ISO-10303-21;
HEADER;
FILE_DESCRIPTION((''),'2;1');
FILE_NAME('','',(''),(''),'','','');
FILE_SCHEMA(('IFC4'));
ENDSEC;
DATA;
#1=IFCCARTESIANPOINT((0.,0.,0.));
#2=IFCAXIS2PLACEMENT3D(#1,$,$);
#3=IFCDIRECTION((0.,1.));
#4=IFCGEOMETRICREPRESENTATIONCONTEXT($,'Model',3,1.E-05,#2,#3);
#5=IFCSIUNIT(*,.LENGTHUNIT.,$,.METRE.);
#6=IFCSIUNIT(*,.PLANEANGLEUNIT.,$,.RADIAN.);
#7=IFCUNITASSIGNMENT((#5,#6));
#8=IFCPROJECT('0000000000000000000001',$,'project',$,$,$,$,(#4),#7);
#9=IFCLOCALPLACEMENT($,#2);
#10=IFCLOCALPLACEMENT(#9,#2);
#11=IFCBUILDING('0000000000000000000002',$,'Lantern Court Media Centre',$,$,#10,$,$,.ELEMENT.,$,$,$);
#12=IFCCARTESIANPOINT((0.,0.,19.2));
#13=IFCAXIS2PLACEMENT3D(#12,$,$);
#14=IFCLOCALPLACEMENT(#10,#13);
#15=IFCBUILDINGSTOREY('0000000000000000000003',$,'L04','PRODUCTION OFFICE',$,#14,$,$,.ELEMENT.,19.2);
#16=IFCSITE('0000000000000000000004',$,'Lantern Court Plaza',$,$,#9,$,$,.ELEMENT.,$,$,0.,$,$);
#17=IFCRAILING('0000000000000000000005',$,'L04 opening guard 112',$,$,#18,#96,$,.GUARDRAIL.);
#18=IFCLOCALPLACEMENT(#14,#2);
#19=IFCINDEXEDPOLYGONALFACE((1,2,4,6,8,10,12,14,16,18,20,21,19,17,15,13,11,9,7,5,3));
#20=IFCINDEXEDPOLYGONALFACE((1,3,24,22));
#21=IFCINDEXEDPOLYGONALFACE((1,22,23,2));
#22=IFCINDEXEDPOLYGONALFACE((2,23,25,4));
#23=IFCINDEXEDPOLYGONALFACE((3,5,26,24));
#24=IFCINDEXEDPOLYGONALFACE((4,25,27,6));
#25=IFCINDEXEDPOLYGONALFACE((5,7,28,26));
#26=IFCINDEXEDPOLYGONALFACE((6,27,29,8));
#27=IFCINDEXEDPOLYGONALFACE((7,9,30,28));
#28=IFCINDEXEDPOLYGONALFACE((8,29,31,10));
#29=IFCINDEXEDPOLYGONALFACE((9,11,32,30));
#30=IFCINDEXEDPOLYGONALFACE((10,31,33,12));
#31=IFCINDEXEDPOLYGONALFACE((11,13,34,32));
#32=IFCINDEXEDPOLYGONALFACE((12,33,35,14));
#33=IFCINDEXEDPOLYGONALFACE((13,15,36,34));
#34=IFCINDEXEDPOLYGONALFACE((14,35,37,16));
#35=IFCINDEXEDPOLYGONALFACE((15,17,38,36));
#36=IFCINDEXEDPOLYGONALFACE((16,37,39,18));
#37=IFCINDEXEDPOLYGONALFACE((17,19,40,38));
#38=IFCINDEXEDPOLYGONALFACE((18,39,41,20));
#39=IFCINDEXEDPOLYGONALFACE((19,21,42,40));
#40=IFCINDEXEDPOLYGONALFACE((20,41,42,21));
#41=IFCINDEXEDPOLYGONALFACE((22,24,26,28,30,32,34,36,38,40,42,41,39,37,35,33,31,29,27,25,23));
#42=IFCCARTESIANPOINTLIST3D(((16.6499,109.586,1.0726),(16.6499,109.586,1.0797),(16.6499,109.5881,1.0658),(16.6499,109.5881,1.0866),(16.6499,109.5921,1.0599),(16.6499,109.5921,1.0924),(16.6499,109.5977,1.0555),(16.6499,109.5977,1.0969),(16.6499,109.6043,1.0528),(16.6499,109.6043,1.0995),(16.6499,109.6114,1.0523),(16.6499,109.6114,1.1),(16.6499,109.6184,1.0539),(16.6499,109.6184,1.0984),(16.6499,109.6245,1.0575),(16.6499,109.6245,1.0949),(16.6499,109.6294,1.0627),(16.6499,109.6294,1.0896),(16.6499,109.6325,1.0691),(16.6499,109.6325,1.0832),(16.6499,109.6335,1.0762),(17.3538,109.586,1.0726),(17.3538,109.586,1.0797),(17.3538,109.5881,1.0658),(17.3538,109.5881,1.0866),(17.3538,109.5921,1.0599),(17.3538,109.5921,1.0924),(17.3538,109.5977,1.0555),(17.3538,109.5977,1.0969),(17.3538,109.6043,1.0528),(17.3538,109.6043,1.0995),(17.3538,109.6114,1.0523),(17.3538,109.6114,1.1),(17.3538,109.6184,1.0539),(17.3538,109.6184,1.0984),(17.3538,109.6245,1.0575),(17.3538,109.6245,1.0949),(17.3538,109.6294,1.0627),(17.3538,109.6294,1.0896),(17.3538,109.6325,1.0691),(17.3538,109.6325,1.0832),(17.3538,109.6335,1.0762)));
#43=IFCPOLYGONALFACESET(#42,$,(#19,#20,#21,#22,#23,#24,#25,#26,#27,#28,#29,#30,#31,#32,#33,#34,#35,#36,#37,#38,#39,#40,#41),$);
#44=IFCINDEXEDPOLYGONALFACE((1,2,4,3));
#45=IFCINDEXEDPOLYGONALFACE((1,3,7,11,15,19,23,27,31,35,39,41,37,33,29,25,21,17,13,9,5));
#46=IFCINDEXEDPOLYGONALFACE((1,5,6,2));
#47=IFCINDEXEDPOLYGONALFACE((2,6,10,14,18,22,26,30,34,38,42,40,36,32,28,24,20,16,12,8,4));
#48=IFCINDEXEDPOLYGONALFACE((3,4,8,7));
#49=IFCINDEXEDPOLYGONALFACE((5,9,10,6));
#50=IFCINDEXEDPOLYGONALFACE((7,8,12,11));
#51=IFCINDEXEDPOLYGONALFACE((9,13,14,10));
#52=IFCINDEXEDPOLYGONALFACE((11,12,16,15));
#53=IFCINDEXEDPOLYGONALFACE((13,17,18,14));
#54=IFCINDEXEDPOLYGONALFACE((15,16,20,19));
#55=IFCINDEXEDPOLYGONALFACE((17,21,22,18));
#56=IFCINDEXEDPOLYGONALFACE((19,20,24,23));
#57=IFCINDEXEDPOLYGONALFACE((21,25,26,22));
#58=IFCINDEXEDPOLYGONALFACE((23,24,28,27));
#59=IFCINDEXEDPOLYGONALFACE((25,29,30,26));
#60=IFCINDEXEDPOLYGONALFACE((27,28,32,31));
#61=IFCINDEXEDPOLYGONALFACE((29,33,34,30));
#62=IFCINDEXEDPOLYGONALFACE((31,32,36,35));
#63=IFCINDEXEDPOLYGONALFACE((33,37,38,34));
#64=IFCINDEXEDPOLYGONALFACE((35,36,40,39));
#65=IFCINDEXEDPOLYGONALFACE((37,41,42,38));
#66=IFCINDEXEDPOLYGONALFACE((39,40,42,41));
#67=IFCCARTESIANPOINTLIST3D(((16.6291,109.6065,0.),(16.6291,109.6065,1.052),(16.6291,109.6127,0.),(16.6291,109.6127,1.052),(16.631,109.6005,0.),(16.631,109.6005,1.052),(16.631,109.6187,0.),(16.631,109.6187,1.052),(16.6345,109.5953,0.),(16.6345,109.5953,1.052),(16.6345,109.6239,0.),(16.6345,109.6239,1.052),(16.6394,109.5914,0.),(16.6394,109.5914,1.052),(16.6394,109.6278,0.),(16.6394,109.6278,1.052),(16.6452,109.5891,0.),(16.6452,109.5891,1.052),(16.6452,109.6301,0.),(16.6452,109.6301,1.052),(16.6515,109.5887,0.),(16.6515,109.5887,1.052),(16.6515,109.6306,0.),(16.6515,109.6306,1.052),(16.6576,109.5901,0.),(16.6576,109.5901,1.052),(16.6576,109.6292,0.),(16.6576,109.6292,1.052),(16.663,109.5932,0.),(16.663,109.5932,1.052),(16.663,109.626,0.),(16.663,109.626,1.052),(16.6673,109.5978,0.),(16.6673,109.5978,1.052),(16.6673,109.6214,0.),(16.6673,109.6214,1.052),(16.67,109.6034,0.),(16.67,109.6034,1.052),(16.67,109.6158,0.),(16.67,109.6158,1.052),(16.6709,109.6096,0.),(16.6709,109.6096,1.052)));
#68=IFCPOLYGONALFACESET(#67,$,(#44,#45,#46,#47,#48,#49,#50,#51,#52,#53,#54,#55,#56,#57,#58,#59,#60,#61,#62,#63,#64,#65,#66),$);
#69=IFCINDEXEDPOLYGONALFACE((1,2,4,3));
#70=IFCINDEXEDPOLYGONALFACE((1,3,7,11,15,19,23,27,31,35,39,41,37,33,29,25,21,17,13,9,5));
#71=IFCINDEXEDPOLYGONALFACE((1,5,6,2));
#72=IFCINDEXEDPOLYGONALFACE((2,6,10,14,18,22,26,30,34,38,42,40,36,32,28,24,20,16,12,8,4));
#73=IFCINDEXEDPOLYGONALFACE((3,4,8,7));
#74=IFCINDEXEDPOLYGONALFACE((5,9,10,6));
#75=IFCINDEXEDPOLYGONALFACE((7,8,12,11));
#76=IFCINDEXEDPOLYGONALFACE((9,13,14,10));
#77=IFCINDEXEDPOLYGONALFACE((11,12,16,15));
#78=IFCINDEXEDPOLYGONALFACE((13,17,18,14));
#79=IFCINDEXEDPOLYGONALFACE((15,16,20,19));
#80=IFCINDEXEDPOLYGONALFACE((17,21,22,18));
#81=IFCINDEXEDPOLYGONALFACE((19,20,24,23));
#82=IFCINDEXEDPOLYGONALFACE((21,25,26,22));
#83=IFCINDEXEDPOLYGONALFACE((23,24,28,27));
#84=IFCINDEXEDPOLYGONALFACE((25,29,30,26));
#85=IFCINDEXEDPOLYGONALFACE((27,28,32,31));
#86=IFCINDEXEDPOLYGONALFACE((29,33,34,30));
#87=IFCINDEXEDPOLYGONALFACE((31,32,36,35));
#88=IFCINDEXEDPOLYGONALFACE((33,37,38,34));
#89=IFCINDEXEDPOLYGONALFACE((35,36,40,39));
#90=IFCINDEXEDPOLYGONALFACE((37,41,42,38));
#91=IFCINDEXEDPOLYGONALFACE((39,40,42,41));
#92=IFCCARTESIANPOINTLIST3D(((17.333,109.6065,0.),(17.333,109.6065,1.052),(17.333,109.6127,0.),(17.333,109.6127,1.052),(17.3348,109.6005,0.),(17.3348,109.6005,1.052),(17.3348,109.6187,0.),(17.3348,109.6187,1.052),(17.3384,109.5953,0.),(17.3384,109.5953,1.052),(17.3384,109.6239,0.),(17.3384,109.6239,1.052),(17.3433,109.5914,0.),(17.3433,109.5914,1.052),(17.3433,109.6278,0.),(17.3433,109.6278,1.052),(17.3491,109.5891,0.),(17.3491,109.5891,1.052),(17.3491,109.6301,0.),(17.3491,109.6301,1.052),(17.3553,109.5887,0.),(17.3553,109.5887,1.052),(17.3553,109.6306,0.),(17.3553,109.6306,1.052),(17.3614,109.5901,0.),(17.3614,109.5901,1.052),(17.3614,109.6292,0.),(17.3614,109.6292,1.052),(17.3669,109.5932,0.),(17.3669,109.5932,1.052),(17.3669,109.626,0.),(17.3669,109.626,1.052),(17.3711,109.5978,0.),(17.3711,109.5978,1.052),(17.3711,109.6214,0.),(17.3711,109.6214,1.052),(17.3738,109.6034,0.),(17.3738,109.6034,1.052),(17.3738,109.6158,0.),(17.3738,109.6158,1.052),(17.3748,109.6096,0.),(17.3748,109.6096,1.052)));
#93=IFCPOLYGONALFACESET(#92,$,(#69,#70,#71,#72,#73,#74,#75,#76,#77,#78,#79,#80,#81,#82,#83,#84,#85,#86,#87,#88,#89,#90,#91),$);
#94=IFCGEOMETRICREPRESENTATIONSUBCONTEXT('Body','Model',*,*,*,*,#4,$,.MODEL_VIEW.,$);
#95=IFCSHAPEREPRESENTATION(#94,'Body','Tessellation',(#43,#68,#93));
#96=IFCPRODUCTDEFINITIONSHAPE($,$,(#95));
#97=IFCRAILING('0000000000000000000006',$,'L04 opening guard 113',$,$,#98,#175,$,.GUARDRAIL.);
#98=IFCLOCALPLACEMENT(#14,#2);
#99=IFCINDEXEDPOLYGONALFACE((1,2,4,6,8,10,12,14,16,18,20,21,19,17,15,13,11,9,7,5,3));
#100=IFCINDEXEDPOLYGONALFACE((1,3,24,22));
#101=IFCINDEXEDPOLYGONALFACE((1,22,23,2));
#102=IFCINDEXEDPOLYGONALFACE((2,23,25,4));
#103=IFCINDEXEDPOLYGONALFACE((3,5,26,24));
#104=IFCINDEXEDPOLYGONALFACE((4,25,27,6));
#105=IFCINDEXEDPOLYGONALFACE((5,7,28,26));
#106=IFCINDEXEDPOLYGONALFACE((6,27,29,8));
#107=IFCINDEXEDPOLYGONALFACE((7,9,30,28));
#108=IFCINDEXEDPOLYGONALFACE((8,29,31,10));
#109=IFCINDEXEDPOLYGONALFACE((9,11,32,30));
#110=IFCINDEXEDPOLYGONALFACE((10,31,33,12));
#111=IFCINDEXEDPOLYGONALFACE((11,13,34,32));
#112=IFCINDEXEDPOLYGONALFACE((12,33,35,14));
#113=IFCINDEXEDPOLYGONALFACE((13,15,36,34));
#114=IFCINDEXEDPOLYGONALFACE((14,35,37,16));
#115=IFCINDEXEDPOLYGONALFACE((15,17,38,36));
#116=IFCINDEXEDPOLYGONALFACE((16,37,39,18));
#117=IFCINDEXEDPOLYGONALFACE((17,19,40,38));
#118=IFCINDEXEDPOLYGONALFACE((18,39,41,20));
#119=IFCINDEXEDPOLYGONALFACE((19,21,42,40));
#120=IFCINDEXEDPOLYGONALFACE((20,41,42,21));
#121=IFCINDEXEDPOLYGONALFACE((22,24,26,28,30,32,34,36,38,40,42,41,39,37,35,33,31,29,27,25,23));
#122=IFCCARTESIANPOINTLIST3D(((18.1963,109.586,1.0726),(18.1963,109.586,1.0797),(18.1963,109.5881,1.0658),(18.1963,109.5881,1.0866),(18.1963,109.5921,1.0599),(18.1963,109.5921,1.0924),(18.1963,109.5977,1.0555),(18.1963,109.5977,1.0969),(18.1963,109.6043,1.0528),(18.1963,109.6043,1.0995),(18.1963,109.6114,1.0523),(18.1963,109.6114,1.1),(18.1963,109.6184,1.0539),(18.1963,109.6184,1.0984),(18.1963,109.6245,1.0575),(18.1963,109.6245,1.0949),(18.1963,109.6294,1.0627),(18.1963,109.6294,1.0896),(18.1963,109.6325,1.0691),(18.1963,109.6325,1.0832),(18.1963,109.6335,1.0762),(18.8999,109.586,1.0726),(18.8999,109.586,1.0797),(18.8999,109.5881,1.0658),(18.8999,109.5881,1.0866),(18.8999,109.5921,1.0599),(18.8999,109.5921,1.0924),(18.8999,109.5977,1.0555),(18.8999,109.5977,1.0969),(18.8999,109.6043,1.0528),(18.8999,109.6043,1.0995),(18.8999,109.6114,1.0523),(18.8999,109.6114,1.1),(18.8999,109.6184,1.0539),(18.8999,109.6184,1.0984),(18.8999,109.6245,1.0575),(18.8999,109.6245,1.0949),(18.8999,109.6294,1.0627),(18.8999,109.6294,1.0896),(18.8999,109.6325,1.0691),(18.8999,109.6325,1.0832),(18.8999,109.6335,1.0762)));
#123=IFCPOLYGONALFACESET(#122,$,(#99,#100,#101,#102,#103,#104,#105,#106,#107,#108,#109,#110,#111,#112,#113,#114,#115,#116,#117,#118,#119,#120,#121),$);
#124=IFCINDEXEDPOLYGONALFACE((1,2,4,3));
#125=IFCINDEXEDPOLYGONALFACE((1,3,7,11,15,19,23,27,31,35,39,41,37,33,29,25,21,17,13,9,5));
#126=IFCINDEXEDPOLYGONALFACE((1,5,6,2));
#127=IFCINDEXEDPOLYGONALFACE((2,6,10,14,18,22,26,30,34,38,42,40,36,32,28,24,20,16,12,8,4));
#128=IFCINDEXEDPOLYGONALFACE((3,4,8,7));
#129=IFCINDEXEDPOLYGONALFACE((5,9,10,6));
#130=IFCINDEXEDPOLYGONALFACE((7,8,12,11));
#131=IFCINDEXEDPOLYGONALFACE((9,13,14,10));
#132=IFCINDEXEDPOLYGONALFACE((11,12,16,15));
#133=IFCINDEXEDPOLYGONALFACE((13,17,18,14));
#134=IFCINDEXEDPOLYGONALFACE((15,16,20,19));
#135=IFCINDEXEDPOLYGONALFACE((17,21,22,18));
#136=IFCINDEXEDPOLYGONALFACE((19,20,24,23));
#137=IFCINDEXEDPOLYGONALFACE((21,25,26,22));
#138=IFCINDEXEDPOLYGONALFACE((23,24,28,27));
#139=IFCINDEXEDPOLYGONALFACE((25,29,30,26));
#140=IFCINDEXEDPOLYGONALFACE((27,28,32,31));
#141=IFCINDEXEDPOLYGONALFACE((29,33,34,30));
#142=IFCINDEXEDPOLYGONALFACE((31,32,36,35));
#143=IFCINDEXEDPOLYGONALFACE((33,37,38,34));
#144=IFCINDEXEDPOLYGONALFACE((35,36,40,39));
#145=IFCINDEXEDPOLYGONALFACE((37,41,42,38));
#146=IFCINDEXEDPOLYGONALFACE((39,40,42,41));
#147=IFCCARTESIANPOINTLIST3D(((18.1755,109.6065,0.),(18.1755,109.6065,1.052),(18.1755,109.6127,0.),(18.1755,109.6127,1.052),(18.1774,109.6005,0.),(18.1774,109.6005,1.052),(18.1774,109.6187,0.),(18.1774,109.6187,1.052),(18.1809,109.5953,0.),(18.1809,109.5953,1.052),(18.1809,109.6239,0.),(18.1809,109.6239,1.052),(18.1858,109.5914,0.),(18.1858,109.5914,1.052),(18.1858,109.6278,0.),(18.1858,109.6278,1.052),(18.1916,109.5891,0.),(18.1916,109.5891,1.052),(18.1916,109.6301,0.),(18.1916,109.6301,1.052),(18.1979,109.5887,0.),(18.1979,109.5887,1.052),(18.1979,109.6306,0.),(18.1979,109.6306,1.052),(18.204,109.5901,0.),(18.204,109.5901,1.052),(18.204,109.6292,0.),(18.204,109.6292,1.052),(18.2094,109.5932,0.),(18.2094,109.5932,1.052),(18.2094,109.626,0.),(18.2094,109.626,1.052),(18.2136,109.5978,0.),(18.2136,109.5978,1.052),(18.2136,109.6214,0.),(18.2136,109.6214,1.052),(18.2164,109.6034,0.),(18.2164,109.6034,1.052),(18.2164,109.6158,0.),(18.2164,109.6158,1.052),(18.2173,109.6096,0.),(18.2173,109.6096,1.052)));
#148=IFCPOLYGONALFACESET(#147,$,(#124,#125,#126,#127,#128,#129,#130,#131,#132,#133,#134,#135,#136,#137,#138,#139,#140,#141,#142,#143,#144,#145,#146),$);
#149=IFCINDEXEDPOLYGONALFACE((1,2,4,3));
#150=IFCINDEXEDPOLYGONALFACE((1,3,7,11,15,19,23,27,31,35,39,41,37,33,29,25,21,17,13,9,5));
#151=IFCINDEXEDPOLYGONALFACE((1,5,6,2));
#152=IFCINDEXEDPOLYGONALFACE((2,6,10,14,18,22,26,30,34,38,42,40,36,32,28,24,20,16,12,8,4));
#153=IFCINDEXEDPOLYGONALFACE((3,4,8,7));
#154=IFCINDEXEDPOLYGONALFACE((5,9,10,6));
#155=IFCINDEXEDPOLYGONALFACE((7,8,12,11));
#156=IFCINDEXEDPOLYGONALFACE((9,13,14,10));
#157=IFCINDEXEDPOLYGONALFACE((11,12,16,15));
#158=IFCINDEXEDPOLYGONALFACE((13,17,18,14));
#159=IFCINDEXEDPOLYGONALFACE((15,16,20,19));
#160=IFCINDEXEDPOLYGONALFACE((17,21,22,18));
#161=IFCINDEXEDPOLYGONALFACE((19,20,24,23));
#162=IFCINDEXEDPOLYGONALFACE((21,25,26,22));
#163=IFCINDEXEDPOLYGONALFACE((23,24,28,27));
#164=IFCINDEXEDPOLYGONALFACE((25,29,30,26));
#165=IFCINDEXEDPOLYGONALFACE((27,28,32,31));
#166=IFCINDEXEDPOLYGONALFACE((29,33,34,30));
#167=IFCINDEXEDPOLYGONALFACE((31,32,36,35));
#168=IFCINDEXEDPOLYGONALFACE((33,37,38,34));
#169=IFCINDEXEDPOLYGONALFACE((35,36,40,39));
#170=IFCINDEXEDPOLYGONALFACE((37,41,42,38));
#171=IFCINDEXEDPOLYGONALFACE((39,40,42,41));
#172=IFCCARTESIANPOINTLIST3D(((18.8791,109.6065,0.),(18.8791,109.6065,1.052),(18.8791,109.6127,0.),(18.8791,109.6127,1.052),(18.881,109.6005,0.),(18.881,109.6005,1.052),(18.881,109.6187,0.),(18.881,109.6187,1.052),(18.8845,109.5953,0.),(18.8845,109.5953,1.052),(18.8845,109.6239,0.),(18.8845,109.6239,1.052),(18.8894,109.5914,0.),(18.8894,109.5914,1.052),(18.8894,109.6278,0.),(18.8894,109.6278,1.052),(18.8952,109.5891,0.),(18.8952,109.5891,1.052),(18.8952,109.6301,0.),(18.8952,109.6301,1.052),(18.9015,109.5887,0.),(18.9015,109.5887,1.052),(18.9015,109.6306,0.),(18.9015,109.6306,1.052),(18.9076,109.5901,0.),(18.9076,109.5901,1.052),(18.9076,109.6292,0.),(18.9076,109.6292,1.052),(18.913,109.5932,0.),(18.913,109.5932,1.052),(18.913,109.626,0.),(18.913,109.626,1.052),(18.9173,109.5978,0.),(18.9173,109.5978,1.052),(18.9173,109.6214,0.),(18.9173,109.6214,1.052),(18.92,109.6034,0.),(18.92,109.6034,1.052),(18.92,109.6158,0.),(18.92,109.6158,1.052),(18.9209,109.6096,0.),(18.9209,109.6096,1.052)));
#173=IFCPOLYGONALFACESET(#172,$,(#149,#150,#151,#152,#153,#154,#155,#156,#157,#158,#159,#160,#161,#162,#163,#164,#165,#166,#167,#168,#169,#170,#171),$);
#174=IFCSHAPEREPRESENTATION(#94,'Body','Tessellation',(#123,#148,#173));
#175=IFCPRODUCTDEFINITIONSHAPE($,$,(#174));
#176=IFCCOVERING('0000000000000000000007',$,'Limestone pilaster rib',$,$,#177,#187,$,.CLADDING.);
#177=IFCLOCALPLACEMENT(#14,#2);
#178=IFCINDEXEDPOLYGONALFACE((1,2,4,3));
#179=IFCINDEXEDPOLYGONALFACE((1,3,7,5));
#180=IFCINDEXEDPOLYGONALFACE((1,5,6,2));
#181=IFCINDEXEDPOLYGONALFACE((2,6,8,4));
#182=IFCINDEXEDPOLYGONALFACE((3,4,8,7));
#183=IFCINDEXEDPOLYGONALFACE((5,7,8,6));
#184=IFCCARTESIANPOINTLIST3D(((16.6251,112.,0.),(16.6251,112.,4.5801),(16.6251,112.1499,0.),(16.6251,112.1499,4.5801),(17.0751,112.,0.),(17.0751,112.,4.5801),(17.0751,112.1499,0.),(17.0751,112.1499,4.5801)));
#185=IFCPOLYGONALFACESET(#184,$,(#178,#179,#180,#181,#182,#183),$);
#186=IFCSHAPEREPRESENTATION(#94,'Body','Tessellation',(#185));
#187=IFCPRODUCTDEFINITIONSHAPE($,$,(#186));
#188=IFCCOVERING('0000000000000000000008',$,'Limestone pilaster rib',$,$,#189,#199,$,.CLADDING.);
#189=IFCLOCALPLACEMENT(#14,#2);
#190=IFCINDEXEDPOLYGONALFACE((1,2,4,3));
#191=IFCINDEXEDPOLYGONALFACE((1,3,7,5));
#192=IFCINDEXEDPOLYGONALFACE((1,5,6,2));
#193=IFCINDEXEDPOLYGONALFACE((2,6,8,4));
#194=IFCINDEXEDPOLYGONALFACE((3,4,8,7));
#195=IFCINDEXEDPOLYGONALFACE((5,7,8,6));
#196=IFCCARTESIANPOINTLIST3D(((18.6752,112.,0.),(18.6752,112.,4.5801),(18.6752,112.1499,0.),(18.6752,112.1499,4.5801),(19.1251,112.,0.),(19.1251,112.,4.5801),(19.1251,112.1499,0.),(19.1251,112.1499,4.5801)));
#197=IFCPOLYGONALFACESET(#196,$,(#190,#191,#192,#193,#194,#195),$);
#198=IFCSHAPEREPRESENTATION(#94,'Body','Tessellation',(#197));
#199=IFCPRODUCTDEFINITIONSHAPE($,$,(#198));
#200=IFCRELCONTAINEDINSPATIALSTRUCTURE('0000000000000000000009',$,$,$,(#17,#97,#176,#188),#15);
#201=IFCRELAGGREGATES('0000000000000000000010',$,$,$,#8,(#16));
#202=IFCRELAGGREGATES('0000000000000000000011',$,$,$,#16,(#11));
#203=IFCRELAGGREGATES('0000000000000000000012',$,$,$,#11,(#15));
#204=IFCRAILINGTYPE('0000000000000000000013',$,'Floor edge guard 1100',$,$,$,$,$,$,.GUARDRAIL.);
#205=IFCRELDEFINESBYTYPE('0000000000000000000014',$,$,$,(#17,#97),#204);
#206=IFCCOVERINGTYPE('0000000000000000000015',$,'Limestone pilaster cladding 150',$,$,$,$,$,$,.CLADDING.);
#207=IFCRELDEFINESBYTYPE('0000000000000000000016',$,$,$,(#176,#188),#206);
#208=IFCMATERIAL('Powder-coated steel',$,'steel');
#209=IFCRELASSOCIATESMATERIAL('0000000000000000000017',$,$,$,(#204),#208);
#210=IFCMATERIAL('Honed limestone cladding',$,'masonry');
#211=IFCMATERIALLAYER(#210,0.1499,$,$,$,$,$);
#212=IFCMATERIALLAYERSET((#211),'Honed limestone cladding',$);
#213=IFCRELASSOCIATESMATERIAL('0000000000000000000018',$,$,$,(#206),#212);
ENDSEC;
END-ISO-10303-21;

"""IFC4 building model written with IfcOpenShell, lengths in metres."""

from ifc_helpers import new_model, si_unit, direction, frame, frame_2d, origin, origin_2d, place, context, subcontext, project, spatial, rectangle, circle, extrude, material, layer, layer_set, type_object, element, save


model = new_model("IFC4")

# Units and contexts
model_context = context("Model", 3, precision=1e-05, world=origin(), true_north=direction((0.0, 1.0)))
body_context = subcontext(model_context, "Body", "Model", "MODEL_VIEW")
ifc_project = project(units=[si_unit("LENGTHUNIT", "METRE"), si_unit("PLANEANGLEUNIT", "RADIAN")], contexts=[model_context])

# Site, building, storey
site_placement = place(None, origin())
site = spatial("IfcSite", under=ifc_project, at=site_placement, Name="Lantern Court Plaza", CompositionType="ELEMENT", RefElevation=0.0)
building_placement = place(site_placement, origin())
building = spatial("IfcBuilding", under=site, at=building_placement, Name="Lantern Court Media Centre", CompositionType="ELEMENT")
storey_placement = place(building_placement, frame((0.0, 0.0, 19.2)))
storey = spatial("IfcBuildingStorey", under=building, at=storey_placement, Name="L04", Description="PRODUCTION OFFICE", CompositionType="ELEMENT", Elevation=19.2)

# Railings
ifc_material_1 = material(Name="Powder-coated steel", Category="steel")
railing_type_1 = type_object("IfcRailingType", Name="Floor edge guard 1100", PredefinedType="GUARDRAIL", material=ifc_material_1)
railing_1_placement = place(storey_placement, frame((16.6499, 109.6096, 0.0)))
element("IfcRailing", 1, at=railing_1_placement, inside=storey, type_object=railing_type_1, Name="L04 opening guard 112", PredefinedType="GUARDRAIL", context=body_context, shape_type="SweptSolid", body=[
    extrude(circle(Radius=0.0239, at=origin_2d()), frame((0.0, 0.0, 1.0762), z_axis=(1.0, 0.0, 0.0), x_axis=(0.0, 1.0, 0.0)), (0.0, 0.0, 1.0), 0.7039),
    extrude(circle(Radius=0.021, at=origin_2d()), origin(), (0.0, 0.0, 1.0), 1.052),
    extrude(circle(Radius=0.021, at=origin_2d()), frame((0.7039, 0.0, 0.0)), (0.0, 0.0, 1.0), 1.052),
])
railing_2_placement = place(storey_placement, frame((18.1963, 109.6096, 0.0)))
element("IfcRailing", 2, at=railing_2_placement, inside=storey, type_object=railing_type_1, Name="L04 opening guard 113", PredefinedType="GUARDRAIL", context=body_context, shape_type="SweptSolid", body=[
    extrude(circle(Radius=0.0239, at=origin_2d()), frame((0.0, 0.0, 1.0762), z_axis=(1.0, 0.0, 0.0), x_axis=(0.0, 1.0, 0.0)), (0.0, 0.0, 1.0), 0.7036),
    extrude(circle(Radius=0.021, at=origin_2d()), origin(), (0.0, 0.0, 1.0), 1.052),
    extrude(circle(Radius=0.021, at=origin_2d()), frame((0.7036, 0.0, 0.0)), (0.0, 0.0, 1.0), 1.052),
])

# Coverings
ifc_material_2 = material(Name="Honed limestone cladding", Category="masonry")
ifc_layer_1 = layer(ifc_material_2, 0.1499)
ifc_layer_set_1 = layer_set([ifc_layer_1], Name="Honed limestone cladding")
covering_type = type_object("IfcCoveringType", Name="Limestone pilaster cladding 150", PredefinedType="CLADDING", material=ifc_layer_set_1)
for number, where, z_axis, x_axis, name in (
    (3, (16.625, 112.075, 0.0), (0.0, 0.0, 1.0), (1.0, 0.0, 0.0), "Limestone pilaster rib"),
    (4, (18.675, 112.075, 0.0), (0.0, 0.0, 1.0), (1.0, 0.0, 0.0), "Limestone pilaster rib"),
):
    element("IfcCovering", number, at=place(storey_placement, frame(where, z_axis=z_axis, x_axis=x_axis)), inside=storey, type_object=covering_type, Name=name, PredefinedType="CLADDING", context=body_context, shape_type="SweptSolid", body=[
        extrude(rectangle(XDim=0.45, YDim=0.1499, at=frame_2d((0.2251, 0.0))), origin(), (0.0, 0.0, 1.0), 4.5801),
    ])

save(model, "model.ifc")
